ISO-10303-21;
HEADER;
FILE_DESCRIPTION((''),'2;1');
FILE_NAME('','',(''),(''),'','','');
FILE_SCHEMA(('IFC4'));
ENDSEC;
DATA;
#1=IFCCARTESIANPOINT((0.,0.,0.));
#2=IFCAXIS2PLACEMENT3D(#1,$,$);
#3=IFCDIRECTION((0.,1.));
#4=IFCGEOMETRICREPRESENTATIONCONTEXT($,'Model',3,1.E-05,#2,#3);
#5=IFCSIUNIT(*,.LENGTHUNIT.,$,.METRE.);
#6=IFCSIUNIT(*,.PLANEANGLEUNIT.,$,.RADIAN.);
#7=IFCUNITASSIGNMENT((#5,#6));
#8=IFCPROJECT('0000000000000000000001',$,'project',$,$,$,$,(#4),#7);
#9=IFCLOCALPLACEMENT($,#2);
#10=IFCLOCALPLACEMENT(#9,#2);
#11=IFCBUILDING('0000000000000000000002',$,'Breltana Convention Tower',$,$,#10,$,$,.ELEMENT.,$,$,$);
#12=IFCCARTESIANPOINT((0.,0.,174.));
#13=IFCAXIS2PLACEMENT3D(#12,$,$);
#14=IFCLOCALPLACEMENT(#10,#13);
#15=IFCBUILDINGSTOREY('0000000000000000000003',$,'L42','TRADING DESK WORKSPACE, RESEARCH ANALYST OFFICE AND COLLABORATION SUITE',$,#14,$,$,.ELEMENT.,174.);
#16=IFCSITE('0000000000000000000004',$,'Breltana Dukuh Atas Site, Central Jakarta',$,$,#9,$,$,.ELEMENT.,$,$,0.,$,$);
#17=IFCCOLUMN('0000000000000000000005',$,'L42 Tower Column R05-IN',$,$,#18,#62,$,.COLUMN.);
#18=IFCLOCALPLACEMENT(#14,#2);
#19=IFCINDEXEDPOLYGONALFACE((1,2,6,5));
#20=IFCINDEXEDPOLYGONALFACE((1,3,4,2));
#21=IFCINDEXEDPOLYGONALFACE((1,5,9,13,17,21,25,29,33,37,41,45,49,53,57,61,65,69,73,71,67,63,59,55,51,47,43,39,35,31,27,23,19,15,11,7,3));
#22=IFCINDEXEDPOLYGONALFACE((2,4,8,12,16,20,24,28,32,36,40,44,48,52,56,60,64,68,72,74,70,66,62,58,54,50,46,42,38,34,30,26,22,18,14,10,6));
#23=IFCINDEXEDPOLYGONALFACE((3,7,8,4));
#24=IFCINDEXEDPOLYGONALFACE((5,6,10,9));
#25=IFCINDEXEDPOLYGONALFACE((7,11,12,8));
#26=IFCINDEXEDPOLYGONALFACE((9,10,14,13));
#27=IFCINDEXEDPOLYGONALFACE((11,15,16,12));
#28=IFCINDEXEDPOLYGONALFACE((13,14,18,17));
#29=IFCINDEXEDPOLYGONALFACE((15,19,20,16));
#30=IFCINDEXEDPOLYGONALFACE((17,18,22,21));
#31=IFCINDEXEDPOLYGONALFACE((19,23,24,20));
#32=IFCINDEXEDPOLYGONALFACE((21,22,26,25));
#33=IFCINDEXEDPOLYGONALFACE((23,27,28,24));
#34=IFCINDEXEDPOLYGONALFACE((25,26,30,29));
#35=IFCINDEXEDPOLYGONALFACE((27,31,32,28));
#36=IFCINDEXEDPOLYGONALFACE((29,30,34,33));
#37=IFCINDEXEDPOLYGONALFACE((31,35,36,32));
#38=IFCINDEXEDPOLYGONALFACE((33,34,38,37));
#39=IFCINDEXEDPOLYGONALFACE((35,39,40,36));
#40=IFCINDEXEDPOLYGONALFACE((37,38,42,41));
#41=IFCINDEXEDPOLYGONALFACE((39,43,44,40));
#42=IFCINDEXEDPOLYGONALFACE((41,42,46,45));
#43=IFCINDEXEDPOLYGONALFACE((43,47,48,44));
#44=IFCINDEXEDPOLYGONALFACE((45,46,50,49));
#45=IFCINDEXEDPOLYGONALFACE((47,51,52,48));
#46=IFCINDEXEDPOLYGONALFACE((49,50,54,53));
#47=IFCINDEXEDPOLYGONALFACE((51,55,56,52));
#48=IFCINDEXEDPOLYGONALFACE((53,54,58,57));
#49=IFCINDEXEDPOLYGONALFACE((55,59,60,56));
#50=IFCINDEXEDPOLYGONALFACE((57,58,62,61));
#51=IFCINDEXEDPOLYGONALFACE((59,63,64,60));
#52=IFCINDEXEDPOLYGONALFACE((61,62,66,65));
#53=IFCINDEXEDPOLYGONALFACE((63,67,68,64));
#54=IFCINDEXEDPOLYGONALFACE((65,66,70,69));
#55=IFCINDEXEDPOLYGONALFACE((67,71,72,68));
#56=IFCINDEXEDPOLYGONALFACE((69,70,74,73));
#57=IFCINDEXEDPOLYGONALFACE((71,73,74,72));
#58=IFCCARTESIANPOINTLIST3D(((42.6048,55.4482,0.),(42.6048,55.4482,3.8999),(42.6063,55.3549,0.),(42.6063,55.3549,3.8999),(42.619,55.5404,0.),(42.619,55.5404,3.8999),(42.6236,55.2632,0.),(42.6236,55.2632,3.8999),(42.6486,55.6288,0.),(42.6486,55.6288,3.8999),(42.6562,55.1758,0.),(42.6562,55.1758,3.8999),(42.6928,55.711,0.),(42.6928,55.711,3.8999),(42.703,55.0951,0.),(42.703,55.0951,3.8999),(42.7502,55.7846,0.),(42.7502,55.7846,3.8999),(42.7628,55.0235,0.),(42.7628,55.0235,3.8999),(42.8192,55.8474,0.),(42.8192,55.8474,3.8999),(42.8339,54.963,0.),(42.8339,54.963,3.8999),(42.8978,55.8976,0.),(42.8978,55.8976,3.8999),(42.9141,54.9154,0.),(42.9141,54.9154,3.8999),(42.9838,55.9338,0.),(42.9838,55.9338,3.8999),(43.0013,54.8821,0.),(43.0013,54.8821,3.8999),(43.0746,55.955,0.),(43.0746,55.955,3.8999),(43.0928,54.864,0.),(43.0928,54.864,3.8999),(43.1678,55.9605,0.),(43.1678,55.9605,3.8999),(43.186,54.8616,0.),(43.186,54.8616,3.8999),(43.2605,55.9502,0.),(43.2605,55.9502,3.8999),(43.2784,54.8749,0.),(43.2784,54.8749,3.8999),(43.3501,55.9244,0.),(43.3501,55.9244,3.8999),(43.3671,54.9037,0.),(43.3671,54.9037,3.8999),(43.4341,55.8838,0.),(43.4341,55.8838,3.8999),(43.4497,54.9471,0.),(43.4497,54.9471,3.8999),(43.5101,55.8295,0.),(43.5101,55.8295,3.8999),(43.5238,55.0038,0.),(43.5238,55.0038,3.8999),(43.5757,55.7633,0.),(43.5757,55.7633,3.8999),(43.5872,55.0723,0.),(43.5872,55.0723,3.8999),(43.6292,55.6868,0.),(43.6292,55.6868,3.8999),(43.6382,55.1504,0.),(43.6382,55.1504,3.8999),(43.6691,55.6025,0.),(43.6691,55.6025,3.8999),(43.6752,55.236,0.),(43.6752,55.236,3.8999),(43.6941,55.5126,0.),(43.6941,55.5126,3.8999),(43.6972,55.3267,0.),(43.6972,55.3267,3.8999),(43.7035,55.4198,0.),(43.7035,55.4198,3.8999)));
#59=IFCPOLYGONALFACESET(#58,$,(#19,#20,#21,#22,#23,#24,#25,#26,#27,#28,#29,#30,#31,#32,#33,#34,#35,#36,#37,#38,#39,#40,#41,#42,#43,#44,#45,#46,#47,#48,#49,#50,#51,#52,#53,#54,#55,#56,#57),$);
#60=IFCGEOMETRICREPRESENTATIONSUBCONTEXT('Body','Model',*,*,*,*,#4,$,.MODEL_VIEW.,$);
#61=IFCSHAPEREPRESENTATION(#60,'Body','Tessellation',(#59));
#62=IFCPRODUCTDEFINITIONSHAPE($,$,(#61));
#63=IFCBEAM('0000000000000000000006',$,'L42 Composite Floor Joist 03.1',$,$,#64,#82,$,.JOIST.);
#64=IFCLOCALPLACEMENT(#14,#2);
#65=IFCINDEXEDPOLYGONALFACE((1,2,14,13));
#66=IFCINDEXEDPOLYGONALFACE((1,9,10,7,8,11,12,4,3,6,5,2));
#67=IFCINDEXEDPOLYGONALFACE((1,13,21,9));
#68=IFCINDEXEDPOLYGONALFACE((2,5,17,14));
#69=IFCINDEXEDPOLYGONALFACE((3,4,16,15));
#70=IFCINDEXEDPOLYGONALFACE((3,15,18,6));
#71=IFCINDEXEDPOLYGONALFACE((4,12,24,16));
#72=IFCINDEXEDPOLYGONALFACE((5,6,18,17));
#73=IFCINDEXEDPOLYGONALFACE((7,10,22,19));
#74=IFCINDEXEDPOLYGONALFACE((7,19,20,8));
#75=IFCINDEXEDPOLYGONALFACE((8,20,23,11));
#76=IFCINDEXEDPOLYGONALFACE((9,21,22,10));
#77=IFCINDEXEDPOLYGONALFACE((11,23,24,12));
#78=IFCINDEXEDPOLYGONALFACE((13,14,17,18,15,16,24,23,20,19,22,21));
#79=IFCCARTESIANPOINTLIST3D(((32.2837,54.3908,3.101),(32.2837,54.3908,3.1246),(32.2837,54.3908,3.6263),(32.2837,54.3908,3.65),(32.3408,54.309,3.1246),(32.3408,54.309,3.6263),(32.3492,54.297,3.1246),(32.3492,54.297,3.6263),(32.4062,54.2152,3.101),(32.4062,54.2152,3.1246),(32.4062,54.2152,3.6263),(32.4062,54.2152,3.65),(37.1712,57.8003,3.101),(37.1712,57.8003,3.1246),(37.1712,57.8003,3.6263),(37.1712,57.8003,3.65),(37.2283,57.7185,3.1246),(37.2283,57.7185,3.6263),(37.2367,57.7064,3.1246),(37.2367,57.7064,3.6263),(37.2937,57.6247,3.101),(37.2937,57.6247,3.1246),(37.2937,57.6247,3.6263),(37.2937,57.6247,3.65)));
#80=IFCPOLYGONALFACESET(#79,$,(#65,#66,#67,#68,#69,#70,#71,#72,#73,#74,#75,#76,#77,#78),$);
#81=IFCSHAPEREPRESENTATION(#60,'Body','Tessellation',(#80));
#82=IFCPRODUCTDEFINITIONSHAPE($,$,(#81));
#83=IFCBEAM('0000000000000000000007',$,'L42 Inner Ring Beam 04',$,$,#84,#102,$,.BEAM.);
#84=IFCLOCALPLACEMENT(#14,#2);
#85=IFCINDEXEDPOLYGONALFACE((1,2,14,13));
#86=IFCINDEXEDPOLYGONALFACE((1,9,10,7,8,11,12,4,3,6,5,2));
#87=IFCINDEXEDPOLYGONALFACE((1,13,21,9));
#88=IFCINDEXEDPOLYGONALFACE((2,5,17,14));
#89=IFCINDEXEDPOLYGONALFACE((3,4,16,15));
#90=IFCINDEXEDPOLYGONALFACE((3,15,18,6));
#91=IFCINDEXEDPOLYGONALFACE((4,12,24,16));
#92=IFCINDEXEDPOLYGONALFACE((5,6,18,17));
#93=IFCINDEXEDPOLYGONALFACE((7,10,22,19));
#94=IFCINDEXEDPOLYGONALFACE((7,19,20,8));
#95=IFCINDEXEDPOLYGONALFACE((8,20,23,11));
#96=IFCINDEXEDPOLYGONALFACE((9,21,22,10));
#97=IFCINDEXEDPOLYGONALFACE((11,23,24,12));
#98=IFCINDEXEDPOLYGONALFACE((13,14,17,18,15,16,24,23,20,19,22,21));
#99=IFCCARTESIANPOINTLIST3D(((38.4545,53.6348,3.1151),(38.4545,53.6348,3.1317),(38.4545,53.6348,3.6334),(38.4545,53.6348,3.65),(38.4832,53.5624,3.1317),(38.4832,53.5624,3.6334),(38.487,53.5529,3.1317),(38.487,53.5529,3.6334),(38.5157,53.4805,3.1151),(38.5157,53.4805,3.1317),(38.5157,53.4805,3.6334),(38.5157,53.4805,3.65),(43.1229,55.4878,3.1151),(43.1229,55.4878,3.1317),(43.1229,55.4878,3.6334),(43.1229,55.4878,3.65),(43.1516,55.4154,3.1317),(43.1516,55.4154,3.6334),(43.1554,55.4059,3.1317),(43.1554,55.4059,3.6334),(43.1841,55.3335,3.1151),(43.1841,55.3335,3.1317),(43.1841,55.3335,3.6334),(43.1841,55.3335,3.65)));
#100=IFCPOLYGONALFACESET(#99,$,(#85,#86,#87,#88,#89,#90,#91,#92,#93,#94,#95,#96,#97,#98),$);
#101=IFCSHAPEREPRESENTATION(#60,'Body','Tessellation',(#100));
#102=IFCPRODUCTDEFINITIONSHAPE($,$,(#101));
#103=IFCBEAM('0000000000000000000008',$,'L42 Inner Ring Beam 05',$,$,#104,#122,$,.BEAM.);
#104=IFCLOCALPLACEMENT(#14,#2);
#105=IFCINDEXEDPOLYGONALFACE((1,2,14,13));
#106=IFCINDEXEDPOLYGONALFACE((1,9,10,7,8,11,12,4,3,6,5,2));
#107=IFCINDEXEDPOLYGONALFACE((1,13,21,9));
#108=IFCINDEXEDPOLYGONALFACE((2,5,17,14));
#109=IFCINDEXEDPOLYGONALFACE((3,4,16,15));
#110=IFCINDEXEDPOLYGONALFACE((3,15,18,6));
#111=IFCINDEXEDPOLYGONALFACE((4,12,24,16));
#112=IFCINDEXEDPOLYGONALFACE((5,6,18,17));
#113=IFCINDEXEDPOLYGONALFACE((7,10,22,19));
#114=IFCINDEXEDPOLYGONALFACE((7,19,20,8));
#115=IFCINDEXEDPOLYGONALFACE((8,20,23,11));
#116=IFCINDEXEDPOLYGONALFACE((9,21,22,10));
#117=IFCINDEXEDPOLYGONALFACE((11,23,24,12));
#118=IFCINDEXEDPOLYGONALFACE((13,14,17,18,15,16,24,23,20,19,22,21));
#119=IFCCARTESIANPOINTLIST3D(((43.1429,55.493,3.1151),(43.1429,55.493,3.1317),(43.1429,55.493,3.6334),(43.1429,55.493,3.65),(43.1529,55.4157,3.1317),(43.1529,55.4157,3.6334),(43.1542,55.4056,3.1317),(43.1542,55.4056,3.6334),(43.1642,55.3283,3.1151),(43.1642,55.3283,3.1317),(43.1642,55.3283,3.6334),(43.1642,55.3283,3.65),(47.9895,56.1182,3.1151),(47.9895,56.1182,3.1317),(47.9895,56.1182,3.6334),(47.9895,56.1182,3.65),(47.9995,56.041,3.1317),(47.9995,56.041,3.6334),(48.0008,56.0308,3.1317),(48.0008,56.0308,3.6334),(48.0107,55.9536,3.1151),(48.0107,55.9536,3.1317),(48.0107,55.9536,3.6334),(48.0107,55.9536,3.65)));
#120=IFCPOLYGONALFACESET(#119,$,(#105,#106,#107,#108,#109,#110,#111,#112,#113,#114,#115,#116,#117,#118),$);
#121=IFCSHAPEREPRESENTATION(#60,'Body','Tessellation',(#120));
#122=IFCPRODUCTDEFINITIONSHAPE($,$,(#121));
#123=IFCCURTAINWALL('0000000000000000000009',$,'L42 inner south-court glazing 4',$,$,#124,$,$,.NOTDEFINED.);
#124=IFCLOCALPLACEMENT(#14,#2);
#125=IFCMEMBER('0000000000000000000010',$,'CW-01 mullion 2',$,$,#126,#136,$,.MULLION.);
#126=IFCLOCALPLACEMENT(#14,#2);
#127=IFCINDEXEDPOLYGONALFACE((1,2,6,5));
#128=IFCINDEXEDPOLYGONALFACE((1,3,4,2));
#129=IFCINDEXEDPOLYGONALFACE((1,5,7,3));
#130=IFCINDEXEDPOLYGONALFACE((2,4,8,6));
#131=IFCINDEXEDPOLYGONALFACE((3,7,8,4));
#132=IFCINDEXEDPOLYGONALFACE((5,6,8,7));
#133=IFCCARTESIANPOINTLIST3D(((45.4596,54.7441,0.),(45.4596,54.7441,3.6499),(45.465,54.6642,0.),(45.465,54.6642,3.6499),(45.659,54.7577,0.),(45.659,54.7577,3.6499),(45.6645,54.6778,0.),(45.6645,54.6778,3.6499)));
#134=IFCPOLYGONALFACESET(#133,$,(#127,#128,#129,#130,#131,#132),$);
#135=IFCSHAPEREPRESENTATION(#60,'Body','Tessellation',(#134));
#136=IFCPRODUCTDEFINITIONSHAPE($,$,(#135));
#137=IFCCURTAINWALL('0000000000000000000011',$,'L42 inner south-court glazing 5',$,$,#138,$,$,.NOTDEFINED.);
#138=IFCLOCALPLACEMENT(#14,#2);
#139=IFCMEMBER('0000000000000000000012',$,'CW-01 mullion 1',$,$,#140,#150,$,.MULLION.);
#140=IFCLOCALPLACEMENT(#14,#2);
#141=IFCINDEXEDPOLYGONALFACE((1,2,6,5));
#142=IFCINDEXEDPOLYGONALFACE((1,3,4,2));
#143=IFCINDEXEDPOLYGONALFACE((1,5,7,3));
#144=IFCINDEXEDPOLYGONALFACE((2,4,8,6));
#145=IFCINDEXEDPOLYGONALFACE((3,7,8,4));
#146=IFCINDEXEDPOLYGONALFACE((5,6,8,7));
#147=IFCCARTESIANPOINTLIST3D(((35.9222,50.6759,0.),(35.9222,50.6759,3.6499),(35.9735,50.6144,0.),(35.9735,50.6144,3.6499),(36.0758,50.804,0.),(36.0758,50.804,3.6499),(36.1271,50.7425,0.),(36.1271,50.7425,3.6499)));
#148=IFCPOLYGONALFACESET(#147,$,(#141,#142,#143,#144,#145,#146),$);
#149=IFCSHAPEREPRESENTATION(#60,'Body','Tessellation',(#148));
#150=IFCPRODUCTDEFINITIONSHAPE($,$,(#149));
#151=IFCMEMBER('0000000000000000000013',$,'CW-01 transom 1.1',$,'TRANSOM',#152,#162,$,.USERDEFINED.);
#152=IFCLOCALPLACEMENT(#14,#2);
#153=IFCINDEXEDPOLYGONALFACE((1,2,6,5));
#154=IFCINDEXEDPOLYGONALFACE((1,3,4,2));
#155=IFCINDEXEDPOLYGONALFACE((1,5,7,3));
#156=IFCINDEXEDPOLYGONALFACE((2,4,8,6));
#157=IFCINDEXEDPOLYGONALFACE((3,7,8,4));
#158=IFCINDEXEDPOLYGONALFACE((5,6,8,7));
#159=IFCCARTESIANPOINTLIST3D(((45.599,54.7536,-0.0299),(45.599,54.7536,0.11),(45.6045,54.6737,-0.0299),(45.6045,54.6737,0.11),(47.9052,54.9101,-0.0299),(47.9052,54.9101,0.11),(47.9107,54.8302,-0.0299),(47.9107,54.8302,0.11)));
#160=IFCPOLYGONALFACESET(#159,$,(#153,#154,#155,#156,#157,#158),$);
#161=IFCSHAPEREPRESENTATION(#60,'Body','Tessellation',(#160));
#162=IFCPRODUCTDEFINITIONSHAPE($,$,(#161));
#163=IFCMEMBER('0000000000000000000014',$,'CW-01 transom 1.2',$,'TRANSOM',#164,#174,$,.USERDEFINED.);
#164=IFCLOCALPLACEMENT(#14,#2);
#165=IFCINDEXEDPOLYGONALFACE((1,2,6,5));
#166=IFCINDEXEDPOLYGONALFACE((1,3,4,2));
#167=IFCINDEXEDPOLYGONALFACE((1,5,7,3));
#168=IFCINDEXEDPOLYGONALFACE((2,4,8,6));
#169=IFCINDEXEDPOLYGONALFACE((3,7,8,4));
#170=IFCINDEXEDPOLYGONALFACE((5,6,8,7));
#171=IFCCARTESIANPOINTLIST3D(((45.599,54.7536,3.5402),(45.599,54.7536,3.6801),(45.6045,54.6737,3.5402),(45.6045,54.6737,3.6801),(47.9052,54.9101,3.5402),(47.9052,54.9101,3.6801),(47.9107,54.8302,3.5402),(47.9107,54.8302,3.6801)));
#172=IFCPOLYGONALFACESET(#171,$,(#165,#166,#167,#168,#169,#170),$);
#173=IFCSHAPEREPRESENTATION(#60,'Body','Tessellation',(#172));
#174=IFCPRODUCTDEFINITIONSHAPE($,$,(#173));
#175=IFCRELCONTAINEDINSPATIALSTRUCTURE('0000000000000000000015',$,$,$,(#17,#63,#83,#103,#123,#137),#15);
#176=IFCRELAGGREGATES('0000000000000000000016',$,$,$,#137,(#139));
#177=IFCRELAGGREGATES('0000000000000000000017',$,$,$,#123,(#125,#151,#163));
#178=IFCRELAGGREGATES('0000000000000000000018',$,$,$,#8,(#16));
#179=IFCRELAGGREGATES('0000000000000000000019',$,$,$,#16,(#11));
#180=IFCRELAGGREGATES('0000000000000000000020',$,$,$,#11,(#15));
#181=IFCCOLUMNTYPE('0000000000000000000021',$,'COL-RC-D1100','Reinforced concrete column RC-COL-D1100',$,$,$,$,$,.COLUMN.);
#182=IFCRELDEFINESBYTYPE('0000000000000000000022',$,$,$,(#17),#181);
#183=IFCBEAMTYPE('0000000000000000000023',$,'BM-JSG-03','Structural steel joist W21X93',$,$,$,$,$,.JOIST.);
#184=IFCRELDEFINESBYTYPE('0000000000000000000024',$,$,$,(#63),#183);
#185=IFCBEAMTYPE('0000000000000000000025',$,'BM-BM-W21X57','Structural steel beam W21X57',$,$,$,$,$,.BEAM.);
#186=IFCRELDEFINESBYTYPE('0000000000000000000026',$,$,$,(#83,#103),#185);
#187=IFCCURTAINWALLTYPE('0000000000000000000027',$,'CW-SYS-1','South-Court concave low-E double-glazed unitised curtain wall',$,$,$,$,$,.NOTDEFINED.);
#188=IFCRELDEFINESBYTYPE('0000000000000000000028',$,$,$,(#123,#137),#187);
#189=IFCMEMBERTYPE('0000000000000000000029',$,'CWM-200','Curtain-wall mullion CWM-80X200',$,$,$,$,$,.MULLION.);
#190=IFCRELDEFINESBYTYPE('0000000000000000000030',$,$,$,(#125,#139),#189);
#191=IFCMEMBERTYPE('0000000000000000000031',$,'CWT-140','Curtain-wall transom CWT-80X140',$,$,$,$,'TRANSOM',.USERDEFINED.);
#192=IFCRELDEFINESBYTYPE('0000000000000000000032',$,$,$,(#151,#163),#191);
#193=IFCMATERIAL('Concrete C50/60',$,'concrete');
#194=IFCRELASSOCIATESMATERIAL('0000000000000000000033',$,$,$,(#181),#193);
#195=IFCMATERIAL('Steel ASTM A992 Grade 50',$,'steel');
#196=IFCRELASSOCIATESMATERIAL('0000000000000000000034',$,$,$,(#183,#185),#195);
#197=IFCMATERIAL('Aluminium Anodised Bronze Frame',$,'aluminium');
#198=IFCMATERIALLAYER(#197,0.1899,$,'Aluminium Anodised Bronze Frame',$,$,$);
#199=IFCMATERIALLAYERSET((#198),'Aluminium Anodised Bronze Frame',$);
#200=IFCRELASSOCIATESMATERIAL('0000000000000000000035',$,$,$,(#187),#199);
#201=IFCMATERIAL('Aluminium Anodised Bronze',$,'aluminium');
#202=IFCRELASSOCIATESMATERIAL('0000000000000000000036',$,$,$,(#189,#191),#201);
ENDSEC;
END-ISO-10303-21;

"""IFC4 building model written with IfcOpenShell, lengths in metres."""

from ifc_helpers import new_model, si_unit, direction, frame, origin, origin_2d, place, context, subcontext, project, spatial, rectangle, circle, i_section, extrude, source, transform, mapped, material, layer, layer_set, material_profile, profile_set, type_object, element, aggregate, save


model = new_model("IFC4")

# Units and contexts
model_context = context("Model", 3, precision=1e-05, world=origin(), true_north=direction((0.0, 1.0)))
body_context = subcontext(model_context, "Body", "Model", "MODEL_VIEW")
ifc_project = project(units=[si_unit("LENGTHUNIT", "METRE"), si_unit("PLANEANGLEUNIT", "RADIAN")], contexts=[model_context])

# Site, building, storey
site_placement = place(None, origin())
site = spatial("IfcSite", under=ifc_project, at=site_placement, Name="Breltana Dukuh Atas Site, Central Jakarta", CompositionType="ELEMENT", RefElevation=0.0)
building_placement = place(site_placement, origin())
building = spatial("IfcBuilding", under=site, at=building_placement, Name="Breltana Convention Tower", CompositionType="ELEMENT")
storey_placement = place(building_placement, frame((0.0, 0.0, 174.0)))
storey = spatial("IfcBuildingStorey", under=building, at=storey_placement, Name="L42", Description="TRADING DESK WORKSPACE, RESEARCH ANALYST OFFICE AND COLLABORATION SUITE", CompositionType="ELEMENT", Elevation=174.0)

# Column
ifc_material_1 = material(Name="Concrete C50/60", Category="concrete")
ifc_material_profile_1 = material_profile(ifc_material_1, circle(Radius=0.55, at=origin_2d()), Name="RC-COL-D1100")
ifc_profile_set_1 = profile_set([ifc_material_profile_1], Name="Concrete C50/60")
column_type = type_object("IfcColumnType", Name="COL-RC-D1100", Description="Reinforced concrete column RC-COL-D1100", PredefinedType="COLUMN", material=ifc_profile_set_1)
shared_shape_1 = source(origin(), body_context, "Body", "SweptSolid", [
    extrude(circle(Radius=0.55, at=origin_2d()), origin(), (0.0, 0.0, 1.0), 3.8999),
])
for number, where, z_axis, x_axis, name in (
    (1, (43.1536, 55.4106, 0.0), (0.0, 0.0, 1.0), (-0.143493, 0.989651, 0.0), "L42 Tower Column R05-IN"),
):
    element("IfcColumn", number, at=place(storey_placement, frame(where, z_axis=z_axis, x_axis=x_axis)), inside=storey, type_object=column_type, Name=name, PredefinedType="COLUMN", context=body_context, shape_type="MappedRepresentation", body=[
        mapped(shared_shape_1, transform((0.0, 0.0, 0.0), scale=1.0)),
    ])

# Beams
ifc_material_2 = material(Name="Steel ASTM A992 Grade 50", Category="steel")
ifc_material_profile_2 = material_profile(ifc_material_2, i_section(OverallWidth=0.2141, OverallDepth=0.5491, WebThickness=0.0146, FlangeThickness=0.0237, at=origin_2d()), Name="W21X93")
ifc_profile_set_2 = profile_set([ifc_material_profile_2], Name="Steel ASTM A992 Grade 50")
beam_type_1 = type_object("IfcBeamType", Name="BM-JSG-03", Description="Structural steel joist W21X93", PredefinedType="JOIST", material=ifc_profile_set_2)
shared_shape_2 = source(origin(), body_context, "Body", "SweptSolid", [
    extrude(i_section(OverallWidth=0.2141, OverallDepth=0.5491, WebThickness=0.0146, FlangeThickness=0.0237, at=origin_2d()), origin(), (0.0, 0.0, 1.0), 5.9592),
])
beam_1_placement = place(storey_placement, frame((32.345, 54.303, 3.3755), z_axis=(0.82016, 0.572134, 0.0), x_axis=(-0.572134, 0.82016, 0.0)))
element("IfcBeam", 2, at=beam_1_placement, inside=storey, type_object=beam_type_1, Name="L42 Composite Floor Joist 03.1", PredefinedType="JOIST", context=body_context, shape_type="MappedRepresentation", body=[
    mapped(shared_shape_2, transform((0.0, 0.0, 0.0), scale=1.0)),
])
ifc_material_profile_3 = material_profile(ifc_material_2, i_section(OverallWidth=0.166, OverallDepth=0.5349, WebThickness=0.0103, FlangeThickness=0.0166, at=origin_2d()), Name="W21X57")
ifc_profile_set_3 = profile_set([ifc_material_profile_3], Name="Steel ASTM A992 Grade 50")
beam_type_2 = type_object("IfcBeamType", Name="BM-BM-W21X57", Description="Structural steel beam W21X57", PredefinedType="BEAM", material=ifc_profile_set_3)
shared_shape_3 = source(origin(), body_context, "Body", "SweptSolid", [
    extrude(i_section(OverallWidth=0.166, OverallDepth=0.5349, WebThickness=0.0103, FlangeThickness=0.0166, at=origin_2d()), origin(), (0.0, 0.0, 1.0), 5.0227),
])
beam_2_placement = place(storey_placement, frame((38.4851, 53.5576, 3.3826), z_axis=(0.929459, 0.368926, 0.0), x_axis=(-0.368926, 0.929459, 0.0)))
element("IfcBeam", 3, at=beam_2_placement, inside=storey, type_object=beam_type_2, Name="L42 Inner Ring Beam 04", PredefinedType="BEAM", context=body_context, shape_type="MappedRepresentation", body=[
    mapped(shared_shape_3, transform((0.0, 0.0, 0.0), scale=1.0)),
])
shared_shape_4 = source(origin(), body_context, "Body", "SweptSolid", [
    extrude(i_section(OverallWidth=0.166, OverallDepth=0.5349, WebThickness=0.0103, FlangeThickness=0.0166, at=origin_2d()), origin(), (0.0, 0.0, 1.0), 4.8867),
])
beam_3_placement = place(storey_placement, frame((43.1536, 55.4106, 3.3826), z_axis=(0.991781, 0.127951, 0.0), x_axis=(-0.127951, 0.991781, 0.0)))
element("IfcBeam", 4, at=beam_3_placement, inside=storey, type_object=beam_type_2, Name="L42 Inner Ring Beam 05", PredefinedType="BEAM", context=body_context, shape_type="MappedRepresentation", body=[
    mapped(shared_shape_4, transform((0.0, 0.0, 0.0), scale=1.0)),
])

# Curtain walls, members
ifc_material_3 = material(Name="Aluminium Anodised Bronze Frame", Category="aluminium")
ifc_layer_1 = layer(ifc_material_3, 0.1899, Name="Aluminium Anodised Bronze Frame")
ifc_layer_set_1 = layer_set([ifc_layer_1], Name="Aluminium Anodised Bronze Frame")
curtain_wall_type = type_object("IfcCurtainWallType", Name="CW-SYS-1", Description="South-Court concave low-E double-glazed unitised curtain wall", PredefinedType="NOTDEFINED", material=ifc_layer_set_1)
curtain_wall_1_placement = place(storey_placement, origin())
curtain_wall_1 = element("IfcCurtainWall", 5, at=curtain_wall_1_placement, inside=storey, type_object=curtain_wall_type, Name="L42 inner south-court glazing 4", PredefinedType="NOTDEFINED")
ifc_material_4 = material(Name="Aluminium Anodised Bronze", Category="aluminium")
ifc_material_profile_4 = material_profile(ifc_material_4, rectangle(XDim=0.0801, YDim=0.2, at=origin_2d()), Name="CWM-80X200")
ifc_profile_set_4 = profile_set([ifc_material_profile_4], Name="Aluminium Anodised Bronze")
member_type_1 = type_object("IfcMemberType", Name="CWM-200", Description="Curtain-wall mullion CWM-80X200", PredefinedType="MULLION", material=ifc_profile_set_4)
shared_shape_5 = source(origin(), body_context, "Body", "SweptSolid", [
    extrude(rectangle(XDim=0.0801, YDim=0.2, at=origin_2d()), origin(), (0.0, 0.0, 1.0), 3.6499),
])
member_1_placement = place(storey_placement, frame((45.562, 54.7109, 0.0), z_axis=(0.0, 0.0, 1.0), x_axis=(0.067733, -0.997703, 0.0)))
member_1 = element("IfcMember", 6, at=member_1_placement, type_object=member_type_1, Name="CW-01 mullion 2", PredefinedType="MULLION", context=body_context, shape_type="MappedRepresentation", body=[
    mapped(shared_shape_5, transform((0.0, 0.0, 0.0), scale=1.0)),
])
curtain_wall_2_placement = place(storey_placement, origin())
curtain_wall_2 = element("IfcCurtainWall", 7, at=curtain_wall_2_placement, inside=storey, type_object=curtain_wall_type, Name="L42 inner south-court glazing 5", PredefinedType="NOTDEFINED")
member_2_placement = place(storey_placement, frame((36.0247, 50.7092, 0.0), z_axis=(0.0, 0.0, 1.0), x_axis=(0.640537, -0.767927, 0.0)))
member_2 = element("IfcMember", 8, at=member_2_placement, type_object=member_type_1, Name="CW-01 mullion 1", PredefinedType="MULLION", context=body_context, shape_type="MappedRepresentation", body=[
    mapped(shared_shape_5, transform((0.0, 0.0, 0.0), scale=1.0)),
])
aggregate(curtain_wall_2, [member_2])

# Members
ifc_material_profile_5 = material_profile(ifc_material_4, rectangle(XDim=0.0801, YDim=0.1399, at=origin_2d()), Name="CWT-80X140")
ifc_profile_set_5 = profile_set([ifc_material_profile_5], Name="Aluminium Anodised Bronze")
member_type_2 = type_object("IfcMemberType", Name="CWT-140", Description="Curtain-wall transom CWT-80X140", ElementType="TRANSOM", PredefinedType="USERDEFINED", material=ifc_profile_set_5)
shared_shape_6 = source(origin(), body_context, "Body", "SweptSolid", [
    extrude(rectangle(XDim=0.0801, YDim=0.1399, at=origin_2d()), origin(), (0.0, 0.0, 1.0), 2.3115),
])
member_3_placement = place(storey_placement, frame((47.908, 54.8701, 0.04), z_axis=(-0.997705, -0.067704, 0.0), x_axis=(0.067704, -0.997705, 0.0)))
member_3 = element("IfcMember", 9, at=member_3_placement, type_object=member_type_2, Name="CW-01 transom 1.1", ObjectType="TRANSOM", PredefinedType="USERDEFINED", context=body_context, shape_type="MappedRepresentation", body=[
    mapped(shared_shape_6, transform((0.0, 0.0, 0.0), scale=1.0)),
])
member_4_placement = place(storey_placement, frame((47.908, 54.8701, 3.6101), z_axis=(-0.997705, -0.067704, 0.0), x_axis=(0.067704, -0.997705, 0.0)))
member_4 = element("IfcMember", 10, at=member_4_placement, type_object=member_type_2, Name="CW-01 transom 1.2", ObjectType="TRANSOM", PredefinedType="USERDEFINED", context=body_context, shape_type="MappedRepresentation", body=[
    mapped(shared_shape_6, transform((0.0, 0.0, 0.0), scale=1.0)),
])

aggregate(curtain_wall_1, [member_1, member_3, member_4])

save(model, "model.ifc")
